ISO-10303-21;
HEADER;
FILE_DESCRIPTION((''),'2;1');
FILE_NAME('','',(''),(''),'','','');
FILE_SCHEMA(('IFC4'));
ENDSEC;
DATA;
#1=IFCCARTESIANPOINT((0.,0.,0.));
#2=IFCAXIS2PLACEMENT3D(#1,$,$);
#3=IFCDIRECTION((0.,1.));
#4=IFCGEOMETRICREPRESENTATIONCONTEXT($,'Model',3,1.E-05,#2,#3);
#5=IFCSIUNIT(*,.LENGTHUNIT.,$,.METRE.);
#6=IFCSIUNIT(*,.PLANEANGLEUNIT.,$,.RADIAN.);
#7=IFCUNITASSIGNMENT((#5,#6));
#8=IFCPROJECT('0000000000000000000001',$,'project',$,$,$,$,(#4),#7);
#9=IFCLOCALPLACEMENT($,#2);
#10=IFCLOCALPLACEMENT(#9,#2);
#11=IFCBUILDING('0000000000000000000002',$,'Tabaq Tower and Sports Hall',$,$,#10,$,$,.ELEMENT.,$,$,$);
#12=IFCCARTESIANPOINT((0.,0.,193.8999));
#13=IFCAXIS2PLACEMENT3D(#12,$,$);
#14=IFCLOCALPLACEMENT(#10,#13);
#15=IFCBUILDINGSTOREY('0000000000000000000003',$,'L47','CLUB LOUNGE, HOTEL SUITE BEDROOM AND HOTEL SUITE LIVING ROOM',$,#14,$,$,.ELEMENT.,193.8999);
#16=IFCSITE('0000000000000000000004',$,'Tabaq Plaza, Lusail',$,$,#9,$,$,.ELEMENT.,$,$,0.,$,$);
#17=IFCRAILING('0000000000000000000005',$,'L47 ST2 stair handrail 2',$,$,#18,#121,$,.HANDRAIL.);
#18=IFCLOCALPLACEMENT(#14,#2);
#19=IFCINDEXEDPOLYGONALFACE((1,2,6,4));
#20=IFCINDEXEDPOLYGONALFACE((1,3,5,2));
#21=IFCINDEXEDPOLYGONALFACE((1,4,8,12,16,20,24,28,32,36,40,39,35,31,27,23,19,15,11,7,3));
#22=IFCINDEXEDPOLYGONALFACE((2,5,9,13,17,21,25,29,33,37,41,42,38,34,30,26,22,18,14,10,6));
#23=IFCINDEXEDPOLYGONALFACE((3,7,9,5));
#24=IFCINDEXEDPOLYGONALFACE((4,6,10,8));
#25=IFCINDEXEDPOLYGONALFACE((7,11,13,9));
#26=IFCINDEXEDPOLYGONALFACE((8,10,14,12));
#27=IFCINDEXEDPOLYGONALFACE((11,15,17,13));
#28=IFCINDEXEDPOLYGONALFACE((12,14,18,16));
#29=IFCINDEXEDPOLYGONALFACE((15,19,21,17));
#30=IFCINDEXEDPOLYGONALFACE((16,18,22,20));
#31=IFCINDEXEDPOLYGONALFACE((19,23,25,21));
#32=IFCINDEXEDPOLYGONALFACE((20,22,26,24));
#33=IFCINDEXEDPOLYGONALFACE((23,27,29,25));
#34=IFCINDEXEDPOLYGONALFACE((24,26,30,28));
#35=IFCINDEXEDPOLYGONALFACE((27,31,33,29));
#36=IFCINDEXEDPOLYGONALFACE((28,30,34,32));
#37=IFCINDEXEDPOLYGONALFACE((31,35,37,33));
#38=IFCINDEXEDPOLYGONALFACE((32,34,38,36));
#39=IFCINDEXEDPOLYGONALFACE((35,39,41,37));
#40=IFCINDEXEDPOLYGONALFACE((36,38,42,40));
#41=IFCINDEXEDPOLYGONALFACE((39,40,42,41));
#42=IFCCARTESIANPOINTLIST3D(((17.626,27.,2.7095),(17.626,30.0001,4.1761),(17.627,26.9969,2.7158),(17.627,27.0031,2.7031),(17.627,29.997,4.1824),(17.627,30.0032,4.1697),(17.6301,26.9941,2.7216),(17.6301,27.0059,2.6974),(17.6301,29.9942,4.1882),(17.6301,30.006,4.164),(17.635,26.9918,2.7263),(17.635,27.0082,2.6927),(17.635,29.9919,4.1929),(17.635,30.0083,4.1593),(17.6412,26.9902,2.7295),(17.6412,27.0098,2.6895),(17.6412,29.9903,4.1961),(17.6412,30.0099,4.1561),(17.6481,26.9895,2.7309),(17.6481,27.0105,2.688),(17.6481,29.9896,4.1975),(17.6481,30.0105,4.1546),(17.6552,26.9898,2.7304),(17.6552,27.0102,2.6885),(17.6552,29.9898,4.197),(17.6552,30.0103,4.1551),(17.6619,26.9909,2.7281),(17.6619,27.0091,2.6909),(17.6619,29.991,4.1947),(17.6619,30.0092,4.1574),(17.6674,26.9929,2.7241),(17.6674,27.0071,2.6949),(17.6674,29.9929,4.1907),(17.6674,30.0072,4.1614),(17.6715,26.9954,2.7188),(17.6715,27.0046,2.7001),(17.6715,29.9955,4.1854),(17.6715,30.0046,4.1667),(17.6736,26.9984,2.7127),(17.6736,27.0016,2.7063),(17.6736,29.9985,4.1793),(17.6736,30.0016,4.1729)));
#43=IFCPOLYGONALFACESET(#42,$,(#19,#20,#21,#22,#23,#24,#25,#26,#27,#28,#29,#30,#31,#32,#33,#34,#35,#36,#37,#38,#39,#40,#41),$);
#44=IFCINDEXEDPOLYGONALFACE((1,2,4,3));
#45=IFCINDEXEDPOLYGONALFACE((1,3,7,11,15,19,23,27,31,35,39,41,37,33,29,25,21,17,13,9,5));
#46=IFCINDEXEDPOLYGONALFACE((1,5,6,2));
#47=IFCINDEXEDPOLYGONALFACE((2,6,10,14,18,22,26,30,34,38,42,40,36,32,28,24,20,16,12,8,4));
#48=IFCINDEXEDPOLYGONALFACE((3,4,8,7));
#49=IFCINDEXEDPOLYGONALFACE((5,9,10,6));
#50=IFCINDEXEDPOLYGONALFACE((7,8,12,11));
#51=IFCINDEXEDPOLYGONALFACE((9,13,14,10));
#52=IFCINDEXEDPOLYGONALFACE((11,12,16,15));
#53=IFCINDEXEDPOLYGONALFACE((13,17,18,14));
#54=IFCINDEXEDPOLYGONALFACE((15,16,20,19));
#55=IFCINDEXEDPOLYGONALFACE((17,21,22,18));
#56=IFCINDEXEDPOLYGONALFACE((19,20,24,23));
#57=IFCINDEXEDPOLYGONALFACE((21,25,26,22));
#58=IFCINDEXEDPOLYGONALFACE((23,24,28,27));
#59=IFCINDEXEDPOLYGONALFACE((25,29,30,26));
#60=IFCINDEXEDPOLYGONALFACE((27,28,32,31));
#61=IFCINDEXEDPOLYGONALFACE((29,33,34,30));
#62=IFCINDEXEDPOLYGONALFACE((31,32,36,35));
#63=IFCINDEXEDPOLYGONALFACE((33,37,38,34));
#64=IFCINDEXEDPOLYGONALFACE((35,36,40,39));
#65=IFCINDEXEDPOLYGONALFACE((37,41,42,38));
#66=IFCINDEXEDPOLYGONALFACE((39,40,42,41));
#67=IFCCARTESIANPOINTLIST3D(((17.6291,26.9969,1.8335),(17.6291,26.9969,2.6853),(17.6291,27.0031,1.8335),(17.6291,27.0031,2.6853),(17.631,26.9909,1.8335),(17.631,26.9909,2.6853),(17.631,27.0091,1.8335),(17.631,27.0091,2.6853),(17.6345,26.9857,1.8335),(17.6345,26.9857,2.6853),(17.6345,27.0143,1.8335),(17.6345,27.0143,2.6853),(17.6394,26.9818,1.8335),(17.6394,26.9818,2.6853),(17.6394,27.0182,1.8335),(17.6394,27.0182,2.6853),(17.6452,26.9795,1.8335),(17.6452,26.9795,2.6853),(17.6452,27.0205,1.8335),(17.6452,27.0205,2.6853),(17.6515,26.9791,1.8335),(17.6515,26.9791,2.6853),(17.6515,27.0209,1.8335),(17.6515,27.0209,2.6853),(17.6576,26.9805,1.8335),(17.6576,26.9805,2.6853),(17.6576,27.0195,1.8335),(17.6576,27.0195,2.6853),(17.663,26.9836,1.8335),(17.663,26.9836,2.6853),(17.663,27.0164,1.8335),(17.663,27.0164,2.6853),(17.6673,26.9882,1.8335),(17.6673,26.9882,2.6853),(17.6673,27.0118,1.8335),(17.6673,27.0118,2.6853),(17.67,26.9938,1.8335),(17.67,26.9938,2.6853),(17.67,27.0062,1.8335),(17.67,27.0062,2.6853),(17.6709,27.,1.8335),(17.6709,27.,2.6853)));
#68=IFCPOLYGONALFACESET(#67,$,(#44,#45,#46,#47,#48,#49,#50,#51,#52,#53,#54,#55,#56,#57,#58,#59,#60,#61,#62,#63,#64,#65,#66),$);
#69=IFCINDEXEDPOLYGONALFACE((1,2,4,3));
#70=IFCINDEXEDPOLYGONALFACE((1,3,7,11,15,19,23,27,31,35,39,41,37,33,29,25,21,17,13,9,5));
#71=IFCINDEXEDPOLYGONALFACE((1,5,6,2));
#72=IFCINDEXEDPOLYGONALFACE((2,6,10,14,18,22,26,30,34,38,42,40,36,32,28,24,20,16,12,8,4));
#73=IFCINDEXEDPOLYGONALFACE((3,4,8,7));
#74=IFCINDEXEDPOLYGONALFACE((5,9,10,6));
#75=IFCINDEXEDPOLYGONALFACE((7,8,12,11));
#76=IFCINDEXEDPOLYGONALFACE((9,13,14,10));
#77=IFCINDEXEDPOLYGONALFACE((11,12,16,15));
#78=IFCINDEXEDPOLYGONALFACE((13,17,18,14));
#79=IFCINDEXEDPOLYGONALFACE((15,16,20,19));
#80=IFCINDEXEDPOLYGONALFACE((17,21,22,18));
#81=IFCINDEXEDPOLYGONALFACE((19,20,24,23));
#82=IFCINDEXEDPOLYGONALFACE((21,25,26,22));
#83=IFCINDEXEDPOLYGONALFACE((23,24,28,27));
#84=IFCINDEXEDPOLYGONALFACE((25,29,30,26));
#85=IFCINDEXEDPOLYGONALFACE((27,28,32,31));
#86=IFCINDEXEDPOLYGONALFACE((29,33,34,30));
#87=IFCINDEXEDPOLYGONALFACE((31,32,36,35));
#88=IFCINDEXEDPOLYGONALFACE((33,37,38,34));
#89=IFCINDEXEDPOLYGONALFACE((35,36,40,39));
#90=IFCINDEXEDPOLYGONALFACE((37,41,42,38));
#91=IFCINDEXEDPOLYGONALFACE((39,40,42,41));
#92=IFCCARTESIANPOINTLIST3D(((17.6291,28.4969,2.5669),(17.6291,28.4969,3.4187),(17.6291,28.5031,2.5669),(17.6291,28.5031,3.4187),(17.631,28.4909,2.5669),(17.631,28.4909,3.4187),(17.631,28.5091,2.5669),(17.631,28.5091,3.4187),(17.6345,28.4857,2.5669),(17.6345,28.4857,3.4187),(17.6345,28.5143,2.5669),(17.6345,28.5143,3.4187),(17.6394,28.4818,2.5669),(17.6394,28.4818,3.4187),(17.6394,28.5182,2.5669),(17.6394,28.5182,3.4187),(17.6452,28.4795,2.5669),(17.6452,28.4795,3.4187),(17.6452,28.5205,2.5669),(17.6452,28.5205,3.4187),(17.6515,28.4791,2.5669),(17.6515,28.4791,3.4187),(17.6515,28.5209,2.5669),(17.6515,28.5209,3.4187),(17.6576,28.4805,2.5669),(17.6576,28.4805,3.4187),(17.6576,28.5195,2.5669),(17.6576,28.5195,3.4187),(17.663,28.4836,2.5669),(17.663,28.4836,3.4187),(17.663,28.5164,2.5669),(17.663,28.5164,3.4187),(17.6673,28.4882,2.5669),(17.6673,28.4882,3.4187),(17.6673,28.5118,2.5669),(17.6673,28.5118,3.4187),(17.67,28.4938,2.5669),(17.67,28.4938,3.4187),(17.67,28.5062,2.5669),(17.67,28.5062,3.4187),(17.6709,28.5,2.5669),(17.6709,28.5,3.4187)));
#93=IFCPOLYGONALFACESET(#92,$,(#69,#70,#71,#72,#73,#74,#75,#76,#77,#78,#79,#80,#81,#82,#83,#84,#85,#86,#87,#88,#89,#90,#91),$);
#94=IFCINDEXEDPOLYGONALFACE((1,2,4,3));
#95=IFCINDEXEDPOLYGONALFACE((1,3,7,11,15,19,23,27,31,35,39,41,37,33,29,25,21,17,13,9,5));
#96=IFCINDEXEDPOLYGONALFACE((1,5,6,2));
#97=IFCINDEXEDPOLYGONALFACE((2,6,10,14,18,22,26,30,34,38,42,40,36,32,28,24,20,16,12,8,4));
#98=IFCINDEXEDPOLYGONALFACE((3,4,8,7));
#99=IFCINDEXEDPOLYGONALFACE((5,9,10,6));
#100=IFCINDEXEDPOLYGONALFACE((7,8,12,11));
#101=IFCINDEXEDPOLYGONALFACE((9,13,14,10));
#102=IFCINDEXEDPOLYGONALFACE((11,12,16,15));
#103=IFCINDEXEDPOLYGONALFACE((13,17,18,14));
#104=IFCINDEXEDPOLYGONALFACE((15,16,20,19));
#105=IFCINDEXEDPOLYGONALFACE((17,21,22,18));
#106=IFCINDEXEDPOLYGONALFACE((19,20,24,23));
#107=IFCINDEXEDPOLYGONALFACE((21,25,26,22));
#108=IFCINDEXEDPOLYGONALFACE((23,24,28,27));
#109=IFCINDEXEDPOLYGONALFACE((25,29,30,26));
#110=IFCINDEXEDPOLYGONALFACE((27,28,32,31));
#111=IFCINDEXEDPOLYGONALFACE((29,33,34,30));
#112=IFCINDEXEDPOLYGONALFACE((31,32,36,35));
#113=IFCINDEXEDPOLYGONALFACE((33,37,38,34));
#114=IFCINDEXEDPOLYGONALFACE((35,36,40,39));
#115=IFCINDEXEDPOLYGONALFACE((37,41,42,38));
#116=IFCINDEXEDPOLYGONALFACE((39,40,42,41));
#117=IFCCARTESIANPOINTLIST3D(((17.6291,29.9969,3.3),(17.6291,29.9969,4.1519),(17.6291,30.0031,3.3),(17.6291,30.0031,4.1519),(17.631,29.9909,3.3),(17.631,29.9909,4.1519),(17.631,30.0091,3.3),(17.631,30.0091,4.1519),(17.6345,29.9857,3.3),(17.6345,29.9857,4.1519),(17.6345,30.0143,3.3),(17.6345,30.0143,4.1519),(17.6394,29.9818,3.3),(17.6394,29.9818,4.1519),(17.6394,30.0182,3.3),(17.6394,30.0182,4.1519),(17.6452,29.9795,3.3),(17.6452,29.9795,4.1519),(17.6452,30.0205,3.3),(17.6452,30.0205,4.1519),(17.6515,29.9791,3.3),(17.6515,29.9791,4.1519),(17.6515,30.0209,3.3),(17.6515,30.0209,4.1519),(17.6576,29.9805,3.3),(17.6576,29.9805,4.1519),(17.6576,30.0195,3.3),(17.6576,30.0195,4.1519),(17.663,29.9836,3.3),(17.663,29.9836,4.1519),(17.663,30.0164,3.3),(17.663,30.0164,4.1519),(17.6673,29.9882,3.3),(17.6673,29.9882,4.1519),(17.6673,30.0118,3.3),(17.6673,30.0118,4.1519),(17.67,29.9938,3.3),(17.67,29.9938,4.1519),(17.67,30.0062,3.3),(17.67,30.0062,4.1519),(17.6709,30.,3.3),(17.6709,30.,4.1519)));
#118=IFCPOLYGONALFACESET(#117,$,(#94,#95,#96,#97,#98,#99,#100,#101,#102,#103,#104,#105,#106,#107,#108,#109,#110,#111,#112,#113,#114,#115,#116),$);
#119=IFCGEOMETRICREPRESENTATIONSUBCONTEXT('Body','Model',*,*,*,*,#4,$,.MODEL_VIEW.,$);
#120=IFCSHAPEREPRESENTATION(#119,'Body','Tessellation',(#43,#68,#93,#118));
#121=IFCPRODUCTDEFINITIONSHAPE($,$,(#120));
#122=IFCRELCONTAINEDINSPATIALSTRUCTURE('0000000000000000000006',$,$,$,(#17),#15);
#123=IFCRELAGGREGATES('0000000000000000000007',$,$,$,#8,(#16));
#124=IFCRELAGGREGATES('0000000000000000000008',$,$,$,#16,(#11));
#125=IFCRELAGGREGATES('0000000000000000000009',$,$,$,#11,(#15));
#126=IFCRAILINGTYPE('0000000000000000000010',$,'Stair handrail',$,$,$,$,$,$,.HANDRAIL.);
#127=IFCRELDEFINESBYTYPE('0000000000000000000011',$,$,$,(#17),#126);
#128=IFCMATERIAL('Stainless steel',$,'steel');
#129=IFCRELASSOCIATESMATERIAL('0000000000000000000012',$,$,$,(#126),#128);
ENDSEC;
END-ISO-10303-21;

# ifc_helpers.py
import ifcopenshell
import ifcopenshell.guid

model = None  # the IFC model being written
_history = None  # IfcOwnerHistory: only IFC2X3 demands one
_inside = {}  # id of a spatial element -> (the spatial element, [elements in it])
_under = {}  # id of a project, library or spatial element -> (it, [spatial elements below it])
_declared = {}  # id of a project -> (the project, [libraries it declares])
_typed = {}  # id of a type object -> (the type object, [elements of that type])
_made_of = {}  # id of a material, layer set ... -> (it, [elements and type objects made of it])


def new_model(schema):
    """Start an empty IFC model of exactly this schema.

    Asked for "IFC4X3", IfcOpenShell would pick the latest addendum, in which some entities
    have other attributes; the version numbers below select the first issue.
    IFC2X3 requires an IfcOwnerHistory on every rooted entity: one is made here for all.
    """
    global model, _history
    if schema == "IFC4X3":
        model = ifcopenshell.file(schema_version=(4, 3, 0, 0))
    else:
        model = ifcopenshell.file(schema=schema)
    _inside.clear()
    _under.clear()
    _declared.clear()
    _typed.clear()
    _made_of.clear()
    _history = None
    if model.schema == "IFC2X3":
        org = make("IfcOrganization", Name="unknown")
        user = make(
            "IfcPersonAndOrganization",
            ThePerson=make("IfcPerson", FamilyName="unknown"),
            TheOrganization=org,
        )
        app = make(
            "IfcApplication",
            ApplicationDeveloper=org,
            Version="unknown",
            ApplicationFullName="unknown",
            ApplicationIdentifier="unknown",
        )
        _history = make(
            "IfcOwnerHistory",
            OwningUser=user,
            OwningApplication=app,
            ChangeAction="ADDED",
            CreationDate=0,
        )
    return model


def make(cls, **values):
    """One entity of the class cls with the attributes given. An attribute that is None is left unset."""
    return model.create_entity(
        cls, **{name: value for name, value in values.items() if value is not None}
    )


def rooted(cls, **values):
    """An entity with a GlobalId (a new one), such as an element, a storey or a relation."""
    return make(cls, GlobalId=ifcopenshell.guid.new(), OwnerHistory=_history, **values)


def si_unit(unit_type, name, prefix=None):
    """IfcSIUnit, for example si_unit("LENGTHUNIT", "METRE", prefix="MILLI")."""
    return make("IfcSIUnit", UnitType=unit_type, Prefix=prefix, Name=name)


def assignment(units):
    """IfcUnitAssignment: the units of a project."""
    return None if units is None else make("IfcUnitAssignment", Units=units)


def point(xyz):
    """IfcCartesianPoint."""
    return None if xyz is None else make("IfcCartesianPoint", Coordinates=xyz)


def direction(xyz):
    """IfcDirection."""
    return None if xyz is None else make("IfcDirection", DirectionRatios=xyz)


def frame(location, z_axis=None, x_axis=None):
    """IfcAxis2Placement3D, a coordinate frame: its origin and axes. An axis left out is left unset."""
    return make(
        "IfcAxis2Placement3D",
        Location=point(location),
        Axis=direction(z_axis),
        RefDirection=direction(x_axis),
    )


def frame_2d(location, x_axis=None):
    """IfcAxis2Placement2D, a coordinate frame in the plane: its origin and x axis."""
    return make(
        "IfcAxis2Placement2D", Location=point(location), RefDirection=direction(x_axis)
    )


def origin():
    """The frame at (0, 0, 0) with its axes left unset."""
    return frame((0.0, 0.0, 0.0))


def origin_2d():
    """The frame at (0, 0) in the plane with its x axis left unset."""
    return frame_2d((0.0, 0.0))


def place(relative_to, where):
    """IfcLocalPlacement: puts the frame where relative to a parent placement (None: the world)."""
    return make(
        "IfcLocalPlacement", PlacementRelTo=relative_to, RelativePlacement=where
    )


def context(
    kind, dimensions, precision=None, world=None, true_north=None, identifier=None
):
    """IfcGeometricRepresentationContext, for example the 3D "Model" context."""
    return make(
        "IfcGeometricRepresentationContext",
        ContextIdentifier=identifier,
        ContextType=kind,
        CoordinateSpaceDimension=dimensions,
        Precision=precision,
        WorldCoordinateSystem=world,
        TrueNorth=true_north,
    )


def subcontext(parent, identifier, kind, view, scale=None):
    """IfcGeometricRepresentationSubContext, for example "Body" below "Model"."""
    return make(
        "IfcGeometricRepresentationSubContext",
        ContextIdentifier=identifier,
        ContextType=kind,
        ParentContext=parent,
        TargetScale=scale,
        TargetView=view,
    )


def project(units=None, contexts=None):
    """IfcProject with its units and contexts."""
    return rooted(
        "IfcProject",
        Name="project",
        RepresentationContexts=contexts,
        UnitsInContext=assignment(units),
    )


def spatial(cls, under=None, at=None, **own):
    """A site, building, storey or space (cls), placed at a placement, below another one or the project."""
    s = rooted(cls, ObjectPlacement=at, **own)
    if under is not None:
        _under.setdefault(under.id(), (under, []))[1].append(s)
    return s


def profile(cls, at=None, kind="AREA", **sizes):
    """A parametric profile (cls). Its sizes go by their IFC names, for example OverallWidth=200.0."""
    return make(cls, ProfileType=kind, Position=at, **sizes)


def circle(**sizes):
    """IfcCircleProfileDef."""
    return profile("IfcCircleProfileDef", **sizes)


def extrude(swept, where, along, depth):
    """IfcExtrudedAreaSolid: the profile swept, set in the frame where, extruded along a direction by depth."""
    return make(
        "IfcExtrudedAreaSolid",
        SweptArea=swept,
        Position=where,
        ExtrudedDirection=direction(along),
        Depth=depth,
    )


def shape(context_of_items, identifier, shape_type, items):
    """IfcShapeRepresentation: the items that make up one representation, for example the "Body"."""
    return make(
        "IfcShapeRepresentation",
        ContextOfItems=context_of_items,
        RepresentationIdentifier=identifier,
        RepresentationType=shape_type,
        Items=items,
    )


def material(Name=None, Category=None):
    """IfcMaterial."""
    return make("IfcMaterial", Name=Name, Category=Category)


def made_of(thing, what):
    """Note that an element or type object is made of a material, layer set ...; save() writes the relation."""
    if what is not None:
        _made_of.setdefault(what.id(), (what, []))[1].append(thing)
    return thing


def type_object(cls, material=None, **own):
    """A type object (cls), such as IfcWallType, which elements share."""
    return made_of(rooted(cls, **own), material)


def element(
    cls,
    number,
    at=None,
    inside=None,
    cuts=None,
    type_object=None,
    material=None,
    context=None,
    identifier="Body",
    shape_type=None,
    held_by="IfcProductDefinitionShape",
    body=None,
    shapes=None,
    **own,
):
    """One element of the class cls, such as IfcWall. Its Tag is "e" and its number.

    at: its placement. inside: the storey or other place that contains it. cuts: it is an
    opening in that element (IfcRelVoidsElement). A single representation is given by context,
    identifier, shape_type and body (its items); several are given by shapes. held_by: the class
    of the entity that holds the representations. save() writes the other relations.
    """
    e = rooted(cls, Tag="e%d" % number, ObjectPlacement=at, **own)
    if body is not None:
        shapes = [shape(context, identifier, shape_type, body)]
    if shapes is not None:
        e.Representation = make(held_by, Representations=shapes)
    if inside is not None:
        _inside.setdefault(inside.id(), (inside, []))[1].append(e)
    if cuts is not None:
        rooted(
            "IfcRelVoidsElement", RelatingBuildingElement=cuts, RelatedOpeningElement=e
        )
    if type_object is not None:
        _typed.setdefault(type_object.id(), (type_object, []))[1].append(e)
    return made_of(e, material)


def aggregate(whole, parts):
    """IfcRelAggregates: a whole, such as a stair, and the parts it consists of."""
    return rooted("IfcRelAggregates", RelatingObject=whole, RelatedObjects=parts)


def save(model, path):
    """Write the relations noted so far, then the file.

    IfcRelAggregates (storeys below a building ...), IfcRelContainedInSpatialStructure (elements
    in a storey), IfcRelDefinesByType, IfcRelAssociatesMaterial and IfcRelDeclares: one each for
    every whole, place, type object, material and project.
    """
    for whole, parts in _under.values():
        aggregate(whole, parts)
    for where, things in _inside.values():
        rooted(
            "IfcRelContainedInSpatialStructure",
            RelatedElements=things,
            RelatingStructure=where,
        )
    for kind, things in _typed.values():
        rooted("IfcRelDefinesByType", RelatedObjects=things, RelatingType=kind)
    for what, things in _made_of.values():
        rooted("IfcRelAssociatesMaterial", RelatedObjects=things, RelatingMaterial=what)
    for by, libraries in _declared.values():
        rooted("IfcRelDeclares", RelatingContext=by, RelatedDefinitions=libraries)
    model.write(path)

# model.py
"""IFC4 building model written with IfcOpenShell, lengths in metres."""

from ifc_helpers import new_model, si_unit, direction, frame, origin, origin_2d, place, context, subcontext, project, spatial, circle, extrude, material, type_object, element, save


model = new_model("IFC4")

# Units and contexts
model_context = context("Model", 3, precision=1e-05, world=origin(), true_north=direction((0.0, 1.0)))
body_context = subcontext(model_context, "Body", "Model", "MODEL_VIEW")
ifc_project = project(units=[si_unit("LENGTHUNIT", "METRE"), si_unit("PLANEANGLEUNIT", "RADIAN")], contexts=[model_context])

# Site, building, storey
site_placement = place(None, origin())
site = spatial("IfcSite", under=ifc_project, at=site_placement, Name="Tabaq Plaza, Lusail", CompositionType="ELEMENT", RefElevation=0.0)
building_placement = place(site_placement, origin())
building = spatial("IfcBuilding", under=site, at=building_placement, Name="Tabaq Tower and Sports Hall", CompositionType="ELEMENT")
storey_placement = place(building_placement, frame((0.0, 0.0, 193.8999)))
storey = spatial("IfcBuildingStorey", under=building, at=storey_placement, Name="L47", Description="CLUB LOUNGE, HOTEL SUITE BEDROOM AND HOTEL SUITE LIVING ROOM", CompositionType="ELEMENT", Elevation=193.8999)

# Railing
ifc_material_1 = material(Name="Stainless steel", Category="steel")
railing_type_1 = type_object("IfcRailingType", Name="Stair handrail", PredefinedType="HANDRAIL", material=ifc_material_1)
railing_1_placement = place(storey_placement, frame((17.6499, 27.0, 1.8335)))
element("IfcRailing", 1, at=railing_1_placement, inside=storey, type_object=railing_type_1, Name="L47 ST2 stair handrail 2", PredefinedType="HANDRAIL", context=body_context, shape_type="SweptSolid", body=[
    extrude(circle(Radius=0.0239, at=origin_2d()), frame((0.0, 0.0, 0.876), z_axis=(0.0, 0.898398, 0.439183), x_axis=(-1.0, 0.0, 0.0)), (0.0, 0.0, 1.0), 3.3394),
    extrude(circle(Radius=0.021, at=origin_2d()), origin(), (0.0, 0.0, 1.0), 0.8518),
    extrude(circle(Radius=0.021, at=origin_2d()), frame((0.0, 1.5, 0.7334)), (0.0, 0.0, 1.0), 0.8518),
    extrude(circle(Radius=0.021, at=origin_2d()), frame((0.0, 3.0, 1.4666)), (0.0, 0.0, 1.0), 0.8518),
])

save(model, "model.ifc")
